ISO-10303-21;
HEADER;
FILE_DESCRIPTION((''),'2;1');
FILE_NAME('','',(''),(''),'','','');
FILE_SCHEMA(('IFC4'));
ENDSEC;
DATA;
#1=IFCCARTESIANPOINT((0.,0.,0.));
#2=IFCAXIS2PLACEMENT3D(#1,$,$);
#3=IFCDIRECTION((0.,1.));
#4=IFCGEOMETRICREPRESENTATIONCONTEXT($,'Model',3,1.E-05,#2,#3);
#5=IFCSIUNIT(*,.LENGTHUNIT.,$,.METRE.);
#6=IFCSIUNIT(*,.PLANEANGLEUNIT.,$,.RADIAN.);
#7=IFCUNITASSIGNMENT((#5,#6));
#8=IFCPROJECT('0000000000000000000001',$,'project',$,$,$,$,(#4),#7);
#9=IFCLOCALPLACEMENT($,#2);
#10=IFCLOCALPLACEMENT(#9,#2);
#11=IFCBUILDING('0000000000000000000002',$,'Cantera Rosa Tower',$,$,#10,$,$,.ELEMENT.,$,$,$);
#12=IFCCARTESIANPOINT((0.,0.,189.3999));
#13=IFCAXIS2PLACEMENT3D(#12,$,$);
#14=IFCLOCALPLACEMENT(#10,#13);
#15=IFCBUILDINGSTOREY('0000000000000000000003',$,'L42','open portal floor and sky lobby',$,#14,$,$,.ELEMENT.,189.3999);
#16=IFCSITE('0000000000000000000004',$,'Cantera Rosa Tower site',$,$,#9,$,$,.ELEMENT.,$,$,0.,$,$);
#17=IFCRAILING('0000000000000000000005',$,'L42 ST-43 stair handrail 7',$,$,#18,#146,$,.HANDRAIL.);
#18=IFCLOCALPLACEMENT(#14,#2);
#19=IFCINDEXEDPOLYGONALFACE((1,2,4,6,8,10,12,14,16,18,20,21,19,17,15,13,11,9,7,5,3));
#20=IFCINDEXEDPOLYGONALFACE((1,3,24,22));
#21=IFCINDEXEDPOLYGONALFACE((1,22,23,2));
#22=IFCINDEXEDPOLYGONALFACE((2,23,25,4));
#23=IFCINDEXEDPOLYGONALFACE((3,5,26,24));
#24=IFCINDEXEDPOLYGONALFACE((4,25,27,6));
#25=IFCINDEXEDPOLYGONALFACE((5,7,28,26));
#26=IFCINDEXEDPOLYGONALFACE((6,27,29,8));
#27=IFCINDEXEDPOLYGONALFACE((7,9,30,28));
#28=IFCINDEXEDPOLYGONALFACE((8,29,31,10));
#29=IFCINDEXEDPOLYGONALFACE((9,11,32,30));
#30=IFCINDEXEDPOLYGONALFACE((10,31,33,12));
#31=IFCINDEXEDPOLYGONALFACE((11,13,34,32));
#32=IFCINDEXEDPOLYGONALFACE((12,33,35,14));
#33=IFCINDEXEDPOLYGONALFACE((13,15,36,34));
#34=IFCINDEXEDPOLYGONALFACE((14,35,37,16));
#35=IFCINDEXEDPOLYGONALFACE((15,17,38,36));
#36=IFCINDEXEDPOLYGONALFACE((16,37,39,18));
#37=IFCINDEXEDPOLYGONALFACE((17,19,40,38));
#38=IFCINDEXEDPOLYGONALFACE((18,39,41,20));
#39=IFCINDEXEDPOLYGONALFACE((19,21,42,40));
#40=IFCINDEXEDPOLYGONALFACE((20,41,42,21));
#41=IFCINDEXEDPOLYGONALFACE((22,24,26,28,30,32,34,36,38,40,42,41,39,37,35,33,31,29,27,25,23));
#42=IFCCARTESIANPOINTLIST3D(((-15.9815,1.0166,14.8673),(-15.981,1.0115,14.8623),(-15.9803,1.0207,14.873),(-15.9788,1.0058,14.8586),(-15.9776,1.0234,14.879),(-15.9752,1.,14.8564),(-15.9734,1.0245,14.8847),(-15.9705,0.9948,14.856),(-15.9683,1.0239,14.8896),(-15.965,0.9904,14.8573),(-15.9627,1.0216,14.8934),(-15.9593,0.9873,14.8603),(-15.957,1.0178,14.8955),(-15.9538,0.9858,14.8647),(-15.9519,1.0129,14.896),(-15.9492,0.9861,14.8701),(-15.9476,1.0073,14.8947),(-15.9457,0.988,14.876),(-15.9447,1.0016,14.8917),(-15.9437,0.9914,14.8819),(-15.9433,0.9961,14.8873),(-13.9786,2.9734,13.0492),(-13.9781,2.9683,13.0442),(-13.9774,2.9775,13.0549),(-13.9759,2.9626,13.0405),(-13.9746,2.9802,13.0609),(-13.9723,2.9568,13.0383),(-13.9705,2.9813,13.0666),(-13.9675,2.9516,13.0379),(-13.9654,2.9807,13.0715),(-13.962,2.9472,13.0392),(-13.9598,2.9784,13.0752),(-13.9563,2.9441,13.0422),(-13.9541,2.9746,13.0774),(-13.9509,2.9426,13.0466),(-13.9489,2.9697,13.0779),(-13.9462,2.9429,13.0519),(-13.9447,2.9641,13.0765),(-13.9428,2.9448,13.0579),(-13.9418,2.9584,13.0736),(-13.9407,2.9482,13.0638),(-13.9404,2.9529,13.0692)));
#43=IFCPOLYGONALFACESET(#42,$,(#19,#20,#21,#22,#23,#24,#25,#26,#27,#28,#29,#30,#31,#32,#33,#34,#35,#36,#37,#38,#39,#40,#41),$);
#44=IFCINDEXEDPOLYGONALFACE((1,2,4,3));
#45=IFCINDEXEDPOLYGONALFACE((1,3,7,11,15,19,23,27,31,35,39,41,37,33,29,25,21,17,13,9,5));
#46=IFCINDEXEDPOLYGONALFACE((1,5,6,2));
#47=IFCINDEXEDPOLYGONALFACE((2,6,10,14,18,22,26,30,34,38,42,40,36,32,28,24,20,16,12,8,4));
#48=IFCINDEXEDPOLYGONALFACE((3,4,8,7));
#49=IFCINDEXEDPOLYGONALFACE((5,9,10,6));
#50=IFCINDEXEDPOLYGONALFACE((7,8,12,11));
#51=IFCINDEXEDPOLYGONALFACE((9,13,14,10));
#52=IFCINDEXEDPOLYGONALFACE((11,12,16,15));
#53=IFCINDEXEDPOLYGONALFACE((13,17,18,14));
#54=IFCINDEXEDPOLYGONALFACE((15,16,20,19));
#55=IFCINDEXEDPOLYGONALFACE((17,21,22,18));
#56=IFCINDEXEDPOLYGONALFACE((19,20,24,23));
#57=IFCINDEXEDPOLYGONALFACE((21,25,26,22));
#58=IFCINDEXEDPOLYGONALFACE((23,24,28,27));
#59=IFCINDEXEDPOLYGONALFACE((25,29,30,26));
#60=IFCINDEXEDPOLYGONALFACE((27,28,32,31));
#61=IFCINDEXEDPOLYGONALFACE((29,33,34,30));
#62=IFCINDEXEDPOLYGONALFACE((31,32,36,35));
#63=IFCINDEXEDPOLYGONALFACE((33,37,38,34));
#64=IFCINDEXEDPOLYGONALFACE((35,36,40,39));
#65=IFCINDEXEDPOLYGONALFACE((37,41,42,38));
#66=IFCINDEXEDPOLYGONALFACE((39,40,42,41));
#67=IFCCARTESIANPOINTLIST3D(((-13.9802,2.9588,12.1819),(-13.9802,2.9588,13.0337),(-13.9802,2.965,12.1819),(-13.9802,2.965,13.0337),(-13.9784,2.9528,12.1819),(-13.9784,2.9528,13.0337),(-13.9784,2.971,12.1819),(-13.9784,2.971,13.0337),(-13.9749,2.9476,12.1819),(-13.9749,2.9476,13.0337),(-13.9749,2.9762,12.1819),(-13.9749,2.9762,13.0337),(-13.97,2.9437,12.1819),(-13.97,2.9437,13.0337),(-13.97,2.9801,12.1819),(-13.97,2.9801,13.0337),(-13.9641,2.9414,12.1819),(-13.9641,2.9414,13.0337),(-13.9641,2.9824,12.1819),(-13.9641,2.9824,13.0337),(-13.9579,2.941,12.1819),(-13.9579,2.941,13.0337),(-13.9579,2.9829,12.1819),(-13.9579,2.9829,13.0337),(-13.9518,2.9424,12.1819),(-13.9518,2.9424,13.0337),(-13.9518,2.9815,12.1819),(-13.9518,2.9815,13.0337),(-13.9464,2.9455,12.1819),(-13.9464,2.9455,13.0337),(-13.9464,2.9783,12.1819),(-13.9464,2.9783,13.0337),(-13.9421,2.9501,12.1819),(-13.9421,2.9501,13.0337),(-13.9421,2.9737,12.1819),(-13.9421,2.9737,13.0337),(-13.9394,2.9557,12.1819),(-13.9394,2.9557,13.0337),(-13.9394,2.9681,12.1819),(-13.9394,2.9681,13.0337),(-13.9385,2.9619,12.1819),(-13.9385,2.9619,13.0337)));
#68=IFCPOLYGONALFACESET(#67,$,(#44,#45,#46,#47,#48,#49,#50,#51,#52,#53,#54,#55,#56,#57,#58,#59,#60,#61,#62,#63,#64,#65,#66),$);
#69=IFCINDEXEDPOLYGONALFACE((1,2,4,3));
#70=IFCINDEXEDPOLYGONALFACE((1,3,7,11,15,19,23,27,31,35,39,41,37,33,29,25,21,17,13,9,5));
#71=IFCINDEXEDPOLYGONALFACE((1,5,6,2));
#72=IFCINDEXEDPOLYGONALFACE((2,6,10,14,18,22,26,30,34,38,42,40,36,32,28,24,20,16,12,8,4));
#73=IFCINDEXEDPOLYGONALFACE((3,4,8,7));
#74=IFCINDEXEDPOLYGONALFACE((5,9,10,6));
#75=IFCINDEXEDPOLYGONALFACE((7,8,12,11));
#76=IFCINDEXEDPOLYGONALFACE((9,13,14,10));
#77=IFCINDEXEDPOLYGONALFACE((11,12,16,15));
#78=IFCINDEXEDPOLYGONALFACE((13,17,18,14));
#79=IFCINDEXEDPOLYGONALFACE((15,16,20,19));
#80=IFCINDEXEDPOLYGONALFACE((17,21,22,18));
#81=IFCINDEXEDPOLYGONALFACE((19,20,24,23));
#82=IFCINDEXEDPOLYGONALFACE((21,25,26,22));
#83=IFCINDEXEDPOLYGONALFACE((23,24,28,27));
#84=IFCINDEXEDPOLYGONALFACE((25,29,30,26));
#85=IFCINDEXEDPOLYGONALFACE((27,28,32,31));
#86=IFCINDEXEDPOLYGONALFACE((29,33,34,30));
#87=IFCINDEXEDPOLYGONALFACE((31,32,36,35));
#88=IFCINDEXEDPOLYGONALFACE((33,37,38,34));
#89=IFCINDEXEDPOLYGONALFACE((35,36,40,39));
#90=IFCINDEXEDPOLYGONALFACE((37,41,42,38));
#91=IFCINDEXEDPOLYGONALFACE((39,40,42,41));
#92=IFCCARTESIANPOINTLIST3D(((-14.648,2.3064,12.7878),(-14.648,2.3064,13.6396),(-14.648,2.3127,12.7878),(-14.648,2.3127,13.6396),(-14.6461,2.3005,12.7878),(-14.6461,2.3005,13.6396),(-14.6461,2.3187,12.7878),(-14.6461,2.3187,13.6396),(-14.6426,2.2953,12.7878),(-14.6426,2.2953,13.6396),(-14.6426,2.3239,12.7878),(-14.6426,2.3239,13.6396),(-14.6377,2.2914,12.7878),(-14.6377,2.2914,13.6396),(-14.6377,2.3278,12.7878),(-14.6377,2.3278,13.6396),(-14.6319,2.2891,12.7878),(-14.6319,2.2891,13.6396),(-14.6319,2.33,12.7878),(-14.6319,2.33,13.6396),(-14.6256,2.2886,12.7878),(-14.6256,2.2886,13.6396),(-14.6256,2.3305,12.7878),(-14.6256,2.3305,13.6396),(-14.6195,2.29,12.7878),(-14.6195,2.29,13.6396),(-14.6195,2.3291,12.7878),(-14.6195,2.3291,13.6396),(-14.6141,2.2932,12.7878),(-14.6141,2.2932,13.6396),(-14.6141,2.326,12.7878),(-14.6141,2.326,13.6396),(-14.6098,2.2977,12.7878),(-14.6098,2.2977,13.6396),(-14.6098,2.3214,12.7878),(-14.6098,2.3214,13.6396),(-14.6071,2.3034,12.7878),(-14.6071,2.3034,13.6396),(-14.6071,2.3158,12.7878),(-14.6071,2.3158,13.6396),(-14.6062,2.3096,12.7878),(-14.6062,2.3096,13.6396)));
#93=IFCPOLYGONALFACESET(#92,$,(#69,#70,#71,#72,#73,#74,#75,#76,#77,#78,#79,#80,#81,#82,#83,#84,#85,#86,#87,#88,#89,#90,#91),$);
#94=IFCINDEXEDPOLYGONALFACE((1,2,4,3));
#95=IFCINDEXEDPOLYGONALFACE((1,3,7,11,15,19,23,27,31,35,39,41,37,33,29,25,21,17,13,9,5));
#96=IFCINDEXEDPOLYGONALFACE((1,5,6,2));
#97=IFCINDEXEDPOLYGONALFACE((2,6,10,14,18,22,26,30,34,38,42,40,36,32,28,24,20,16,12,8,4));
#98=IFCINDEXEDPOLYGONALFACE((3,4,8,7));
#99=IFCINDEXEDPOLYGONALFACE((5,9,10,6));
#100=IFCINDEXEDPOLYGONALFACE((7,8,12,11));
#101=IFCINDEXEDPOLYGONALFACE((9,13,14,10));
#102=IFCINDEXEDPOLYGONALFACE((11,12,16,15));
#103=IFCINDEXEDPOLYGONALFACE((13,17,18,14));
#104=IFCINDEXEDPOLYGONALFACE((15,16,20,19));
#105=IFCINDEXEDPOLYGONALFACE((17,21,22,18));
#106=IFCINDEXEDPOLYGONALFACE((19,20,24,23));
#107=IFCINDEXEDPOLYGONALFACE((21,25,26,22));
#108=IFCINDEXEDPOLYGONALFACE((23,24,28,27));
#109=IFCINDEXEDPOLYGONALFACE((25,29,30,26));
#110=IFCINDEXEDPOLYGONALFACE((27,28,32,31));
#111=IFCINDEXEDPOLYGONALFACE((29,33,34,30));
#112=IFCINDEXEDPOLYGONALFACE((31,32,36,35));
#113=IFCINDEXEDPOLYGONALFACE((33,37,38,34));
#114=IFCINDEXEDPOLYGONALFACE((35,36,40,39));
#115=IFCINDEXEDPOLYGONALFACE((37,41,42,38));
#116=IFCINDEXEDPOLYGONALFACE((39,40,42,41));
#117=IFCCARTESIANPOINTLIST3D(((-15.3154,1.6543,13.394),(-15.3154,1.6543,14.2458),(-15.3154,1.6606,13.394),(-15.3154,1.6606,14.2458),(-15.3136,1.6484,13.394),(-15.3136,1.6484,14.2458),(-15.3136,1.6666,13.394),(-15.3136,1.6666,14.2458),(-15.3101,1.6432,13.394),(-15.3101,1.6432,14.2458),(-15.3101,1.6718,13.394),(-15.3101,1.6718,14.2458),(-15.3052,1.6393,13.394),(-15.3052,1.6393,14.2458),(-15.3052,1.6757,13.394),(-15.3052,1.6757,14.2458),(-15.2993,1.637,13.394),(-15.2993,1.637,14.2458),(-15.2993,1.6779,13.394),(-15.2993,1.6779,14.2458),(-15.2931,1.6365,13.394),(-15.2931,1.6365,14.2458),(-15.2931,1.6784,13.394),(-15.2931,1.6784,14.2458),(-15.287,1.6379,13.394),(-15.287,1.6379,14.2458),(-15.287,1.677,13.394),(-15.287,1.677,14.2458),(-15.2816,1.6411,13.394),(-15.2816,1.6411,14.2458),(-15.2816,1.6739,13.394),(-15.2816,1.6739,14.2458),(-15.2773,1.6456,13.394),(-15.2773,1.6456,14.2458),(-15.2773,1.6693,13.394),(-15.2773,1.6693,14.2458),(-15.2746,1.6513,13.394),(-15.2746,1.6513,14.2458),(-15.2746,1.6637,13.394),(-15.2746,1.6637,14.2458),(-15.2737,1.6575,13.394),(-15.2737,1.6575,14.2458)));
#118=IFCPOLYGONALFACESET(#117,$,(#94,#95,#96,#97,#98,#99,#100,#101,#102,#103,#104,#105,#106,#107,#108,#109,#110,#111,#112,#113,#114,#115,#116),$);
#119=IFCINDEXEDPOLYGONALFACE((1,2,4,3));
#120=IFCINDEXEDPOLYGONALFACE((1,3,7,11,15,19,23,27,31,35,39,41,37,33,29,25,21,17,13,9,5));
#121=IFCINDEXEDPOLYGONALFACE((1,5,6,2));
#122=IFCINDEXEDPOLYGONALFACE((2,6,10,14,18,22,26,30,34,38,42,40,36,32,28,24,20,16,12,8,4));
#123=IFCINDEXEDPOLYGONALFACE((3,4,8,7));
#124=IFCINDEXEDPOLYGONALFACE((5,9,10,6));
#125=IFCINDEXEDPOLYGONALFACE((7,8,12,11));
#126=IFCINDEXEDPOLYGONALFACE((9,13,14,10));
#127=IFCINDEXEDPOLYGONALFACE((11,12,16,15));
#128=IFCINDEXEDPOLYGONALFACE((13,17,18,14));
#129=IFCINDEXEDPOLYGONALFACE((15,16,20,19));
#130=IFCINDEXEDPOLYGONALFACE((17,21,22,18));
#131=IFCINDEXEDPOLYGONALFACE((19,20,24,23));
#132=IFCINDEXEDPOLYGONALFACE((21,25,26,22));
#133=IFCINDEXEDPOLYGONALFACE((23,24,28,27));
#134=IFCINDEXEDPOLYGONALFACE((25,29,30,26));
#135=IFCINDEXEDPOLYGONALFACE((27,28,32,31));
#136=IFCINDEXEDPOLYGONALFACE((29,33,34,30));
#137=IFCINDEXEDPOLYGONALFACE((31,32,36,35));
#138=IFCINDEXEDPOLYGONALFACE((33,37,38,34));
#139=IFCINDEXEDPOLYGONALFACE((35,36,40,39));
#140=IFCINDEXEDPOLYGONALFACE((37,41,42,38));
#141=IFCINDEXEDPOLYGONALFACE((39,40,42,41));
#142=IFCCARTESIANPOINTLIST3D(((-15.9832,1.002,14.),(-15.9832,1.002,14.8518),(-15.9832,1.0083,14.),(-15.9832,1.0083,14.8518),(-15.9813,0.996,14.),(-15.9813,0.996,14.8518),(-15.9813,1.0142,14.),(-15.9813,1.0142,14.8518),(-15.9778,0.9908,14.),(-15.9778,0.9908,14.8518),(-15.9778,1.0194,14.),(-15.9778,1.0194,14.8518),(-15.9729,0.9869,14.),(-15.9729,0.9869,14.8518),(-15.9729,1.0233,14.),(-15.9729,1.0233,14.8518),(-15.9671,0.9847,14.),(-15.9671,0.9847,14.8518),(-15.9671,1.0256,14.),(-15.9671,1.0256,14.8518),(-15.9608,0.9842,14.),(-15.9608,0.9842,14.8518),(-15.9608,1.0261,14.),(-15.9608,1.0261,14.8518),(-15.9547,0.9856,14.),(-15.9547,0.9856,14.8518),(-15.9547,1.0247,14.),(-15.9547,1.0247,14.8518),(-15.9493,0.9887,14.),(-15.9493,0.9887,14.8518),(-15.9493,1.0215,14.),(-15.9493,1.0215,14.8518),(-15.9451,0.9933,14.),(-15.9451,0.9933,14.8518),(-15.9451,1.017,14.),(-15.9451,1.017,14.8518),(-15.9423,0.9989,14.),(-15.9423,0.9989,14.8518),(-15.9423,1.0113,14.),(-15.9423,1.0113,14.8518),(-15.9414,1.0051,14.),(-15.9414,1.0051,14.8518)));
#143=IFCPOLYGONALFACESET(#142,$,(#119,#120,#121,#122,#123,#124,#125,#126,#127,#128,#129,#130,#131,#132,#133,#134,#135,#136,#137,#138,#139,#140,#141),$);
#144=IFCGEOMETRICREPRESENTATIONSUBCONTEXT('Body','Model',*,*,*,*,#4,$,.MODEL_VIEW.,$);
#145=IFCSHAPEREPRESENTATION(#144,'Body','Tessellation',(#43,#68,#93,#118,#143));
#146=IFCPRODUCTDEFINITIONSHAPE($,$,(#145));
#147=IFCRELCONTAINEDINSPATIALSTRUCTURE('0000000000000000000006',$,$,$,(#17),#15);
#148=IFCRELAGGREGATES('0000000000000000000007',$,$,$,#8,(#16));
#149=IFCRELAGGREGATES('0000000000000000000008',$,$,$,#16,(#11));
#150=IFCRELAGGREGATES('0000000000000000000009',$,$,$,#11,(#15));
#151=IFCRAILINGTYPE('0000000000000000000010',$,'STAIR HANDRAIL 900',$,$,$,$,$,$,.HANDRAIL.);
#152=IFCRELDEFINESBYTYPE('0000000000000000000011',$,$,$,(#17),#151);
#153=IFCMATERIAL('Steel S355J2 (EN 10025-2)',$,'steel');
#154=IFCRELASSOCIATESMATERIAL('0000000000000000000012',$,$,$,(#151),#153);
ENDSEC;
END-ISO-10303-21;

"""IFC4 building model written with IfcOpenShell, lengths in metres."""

from ifc_helpers import new_model, si_unit, direction, frame, origin, origin_2d, place, context, subcontext, project, spatial, circle, extrude, material, type_object, element, save


model = new_model("IFC4")

# Units and contexts
model_context = context("Model", 3, precision=1e-05, world=origin(), true_north=direction((0.0, 1.0)))
body_context = subcontext(model_context, "Body", "Model", "MODEL_VIEW")
ifc_project = project(units=[si_unit("LENGTHUNIT", "METRE"), si_unit("PLANEANGLEUNIT", "RADIAN")], contexts=[model_context])

# Site, building, storey
site_placement = place(None, origin())
site = spatial("IfcSite", under=ifc_project, at=site_placement, Name="Cantera Rosa Tower site", CompositionType="ELEMENT", RefElevation=0.0)
building_placement = place(site_placement, origin())
building = spatial("IfcBuilding", under=site, at=building_placement, Name="Cantera Rosa Tower", CompositionType="ELEMENT")
storey_placement = place(building_placement, frame((0.0, 0.0, 189.3999)))
storey = spatial("IfcBuildingStorey", under=building, at=storey_placement, Name="L42", Description="open portal floor and sky lobby", CompositionType="ELEMENT", Elevation=189.3999)

# Railing
ifc_material_1 = material(Name="Steel S355J2 (EN 10025-2)", Category="steel")
railing_type_1 = type_object("IfcRailingType", Name="STAIR HANDRAIL 900", PredefinedType="HANDRAIL", material=ifc_material_1)
for number, where, name in (
    (1, (-13.9595, 2.9619, 12.1819), "L42 ST-43 stair handrail 7"),
):
    element("IfcRailing", number, at=place(storey_placement, frame(where)), inside=storey, type_object=railing_type_1, Name=name, PredefinedType="HANDRAIL", context=body_context, shape_type="SweptSolid", body=[
        extrude(circle(Radius=0.0239, at=origin_2d()), frame((0.0, 0.0, 0.876), z_axis=(-0.59993, -0.586109, 0.544573), x_axis=(0.698819, -0.715298, 0.0)), (0.0, 0.0, 1.0), 3.3386),
        extrude(circle(Radius=0.021, at=origin_2d()), origin(), (0.0, 0.0, 1.0), 0.8518),
        extrude(circle(Radius=0.021, at=origin_2d()), frame((-0.6677, -0.6523, 0.606)), (0.0, 0.0, 1.0), 0.8518),
        extrude(circle(Radius=0.021, at=origin_2d()), frame((-1.3352, -1.3044, 1.2122)), (0.0, 0.0, 1.0), 0.8518),
        extrude(circle(Radius=0.021, at=origin_2d()), frame((-2.0029, -1.9568, 1.8181)), (0.0, 0.0, 1.0), 0.8518),
    ])

save(model, "model.ifc")
